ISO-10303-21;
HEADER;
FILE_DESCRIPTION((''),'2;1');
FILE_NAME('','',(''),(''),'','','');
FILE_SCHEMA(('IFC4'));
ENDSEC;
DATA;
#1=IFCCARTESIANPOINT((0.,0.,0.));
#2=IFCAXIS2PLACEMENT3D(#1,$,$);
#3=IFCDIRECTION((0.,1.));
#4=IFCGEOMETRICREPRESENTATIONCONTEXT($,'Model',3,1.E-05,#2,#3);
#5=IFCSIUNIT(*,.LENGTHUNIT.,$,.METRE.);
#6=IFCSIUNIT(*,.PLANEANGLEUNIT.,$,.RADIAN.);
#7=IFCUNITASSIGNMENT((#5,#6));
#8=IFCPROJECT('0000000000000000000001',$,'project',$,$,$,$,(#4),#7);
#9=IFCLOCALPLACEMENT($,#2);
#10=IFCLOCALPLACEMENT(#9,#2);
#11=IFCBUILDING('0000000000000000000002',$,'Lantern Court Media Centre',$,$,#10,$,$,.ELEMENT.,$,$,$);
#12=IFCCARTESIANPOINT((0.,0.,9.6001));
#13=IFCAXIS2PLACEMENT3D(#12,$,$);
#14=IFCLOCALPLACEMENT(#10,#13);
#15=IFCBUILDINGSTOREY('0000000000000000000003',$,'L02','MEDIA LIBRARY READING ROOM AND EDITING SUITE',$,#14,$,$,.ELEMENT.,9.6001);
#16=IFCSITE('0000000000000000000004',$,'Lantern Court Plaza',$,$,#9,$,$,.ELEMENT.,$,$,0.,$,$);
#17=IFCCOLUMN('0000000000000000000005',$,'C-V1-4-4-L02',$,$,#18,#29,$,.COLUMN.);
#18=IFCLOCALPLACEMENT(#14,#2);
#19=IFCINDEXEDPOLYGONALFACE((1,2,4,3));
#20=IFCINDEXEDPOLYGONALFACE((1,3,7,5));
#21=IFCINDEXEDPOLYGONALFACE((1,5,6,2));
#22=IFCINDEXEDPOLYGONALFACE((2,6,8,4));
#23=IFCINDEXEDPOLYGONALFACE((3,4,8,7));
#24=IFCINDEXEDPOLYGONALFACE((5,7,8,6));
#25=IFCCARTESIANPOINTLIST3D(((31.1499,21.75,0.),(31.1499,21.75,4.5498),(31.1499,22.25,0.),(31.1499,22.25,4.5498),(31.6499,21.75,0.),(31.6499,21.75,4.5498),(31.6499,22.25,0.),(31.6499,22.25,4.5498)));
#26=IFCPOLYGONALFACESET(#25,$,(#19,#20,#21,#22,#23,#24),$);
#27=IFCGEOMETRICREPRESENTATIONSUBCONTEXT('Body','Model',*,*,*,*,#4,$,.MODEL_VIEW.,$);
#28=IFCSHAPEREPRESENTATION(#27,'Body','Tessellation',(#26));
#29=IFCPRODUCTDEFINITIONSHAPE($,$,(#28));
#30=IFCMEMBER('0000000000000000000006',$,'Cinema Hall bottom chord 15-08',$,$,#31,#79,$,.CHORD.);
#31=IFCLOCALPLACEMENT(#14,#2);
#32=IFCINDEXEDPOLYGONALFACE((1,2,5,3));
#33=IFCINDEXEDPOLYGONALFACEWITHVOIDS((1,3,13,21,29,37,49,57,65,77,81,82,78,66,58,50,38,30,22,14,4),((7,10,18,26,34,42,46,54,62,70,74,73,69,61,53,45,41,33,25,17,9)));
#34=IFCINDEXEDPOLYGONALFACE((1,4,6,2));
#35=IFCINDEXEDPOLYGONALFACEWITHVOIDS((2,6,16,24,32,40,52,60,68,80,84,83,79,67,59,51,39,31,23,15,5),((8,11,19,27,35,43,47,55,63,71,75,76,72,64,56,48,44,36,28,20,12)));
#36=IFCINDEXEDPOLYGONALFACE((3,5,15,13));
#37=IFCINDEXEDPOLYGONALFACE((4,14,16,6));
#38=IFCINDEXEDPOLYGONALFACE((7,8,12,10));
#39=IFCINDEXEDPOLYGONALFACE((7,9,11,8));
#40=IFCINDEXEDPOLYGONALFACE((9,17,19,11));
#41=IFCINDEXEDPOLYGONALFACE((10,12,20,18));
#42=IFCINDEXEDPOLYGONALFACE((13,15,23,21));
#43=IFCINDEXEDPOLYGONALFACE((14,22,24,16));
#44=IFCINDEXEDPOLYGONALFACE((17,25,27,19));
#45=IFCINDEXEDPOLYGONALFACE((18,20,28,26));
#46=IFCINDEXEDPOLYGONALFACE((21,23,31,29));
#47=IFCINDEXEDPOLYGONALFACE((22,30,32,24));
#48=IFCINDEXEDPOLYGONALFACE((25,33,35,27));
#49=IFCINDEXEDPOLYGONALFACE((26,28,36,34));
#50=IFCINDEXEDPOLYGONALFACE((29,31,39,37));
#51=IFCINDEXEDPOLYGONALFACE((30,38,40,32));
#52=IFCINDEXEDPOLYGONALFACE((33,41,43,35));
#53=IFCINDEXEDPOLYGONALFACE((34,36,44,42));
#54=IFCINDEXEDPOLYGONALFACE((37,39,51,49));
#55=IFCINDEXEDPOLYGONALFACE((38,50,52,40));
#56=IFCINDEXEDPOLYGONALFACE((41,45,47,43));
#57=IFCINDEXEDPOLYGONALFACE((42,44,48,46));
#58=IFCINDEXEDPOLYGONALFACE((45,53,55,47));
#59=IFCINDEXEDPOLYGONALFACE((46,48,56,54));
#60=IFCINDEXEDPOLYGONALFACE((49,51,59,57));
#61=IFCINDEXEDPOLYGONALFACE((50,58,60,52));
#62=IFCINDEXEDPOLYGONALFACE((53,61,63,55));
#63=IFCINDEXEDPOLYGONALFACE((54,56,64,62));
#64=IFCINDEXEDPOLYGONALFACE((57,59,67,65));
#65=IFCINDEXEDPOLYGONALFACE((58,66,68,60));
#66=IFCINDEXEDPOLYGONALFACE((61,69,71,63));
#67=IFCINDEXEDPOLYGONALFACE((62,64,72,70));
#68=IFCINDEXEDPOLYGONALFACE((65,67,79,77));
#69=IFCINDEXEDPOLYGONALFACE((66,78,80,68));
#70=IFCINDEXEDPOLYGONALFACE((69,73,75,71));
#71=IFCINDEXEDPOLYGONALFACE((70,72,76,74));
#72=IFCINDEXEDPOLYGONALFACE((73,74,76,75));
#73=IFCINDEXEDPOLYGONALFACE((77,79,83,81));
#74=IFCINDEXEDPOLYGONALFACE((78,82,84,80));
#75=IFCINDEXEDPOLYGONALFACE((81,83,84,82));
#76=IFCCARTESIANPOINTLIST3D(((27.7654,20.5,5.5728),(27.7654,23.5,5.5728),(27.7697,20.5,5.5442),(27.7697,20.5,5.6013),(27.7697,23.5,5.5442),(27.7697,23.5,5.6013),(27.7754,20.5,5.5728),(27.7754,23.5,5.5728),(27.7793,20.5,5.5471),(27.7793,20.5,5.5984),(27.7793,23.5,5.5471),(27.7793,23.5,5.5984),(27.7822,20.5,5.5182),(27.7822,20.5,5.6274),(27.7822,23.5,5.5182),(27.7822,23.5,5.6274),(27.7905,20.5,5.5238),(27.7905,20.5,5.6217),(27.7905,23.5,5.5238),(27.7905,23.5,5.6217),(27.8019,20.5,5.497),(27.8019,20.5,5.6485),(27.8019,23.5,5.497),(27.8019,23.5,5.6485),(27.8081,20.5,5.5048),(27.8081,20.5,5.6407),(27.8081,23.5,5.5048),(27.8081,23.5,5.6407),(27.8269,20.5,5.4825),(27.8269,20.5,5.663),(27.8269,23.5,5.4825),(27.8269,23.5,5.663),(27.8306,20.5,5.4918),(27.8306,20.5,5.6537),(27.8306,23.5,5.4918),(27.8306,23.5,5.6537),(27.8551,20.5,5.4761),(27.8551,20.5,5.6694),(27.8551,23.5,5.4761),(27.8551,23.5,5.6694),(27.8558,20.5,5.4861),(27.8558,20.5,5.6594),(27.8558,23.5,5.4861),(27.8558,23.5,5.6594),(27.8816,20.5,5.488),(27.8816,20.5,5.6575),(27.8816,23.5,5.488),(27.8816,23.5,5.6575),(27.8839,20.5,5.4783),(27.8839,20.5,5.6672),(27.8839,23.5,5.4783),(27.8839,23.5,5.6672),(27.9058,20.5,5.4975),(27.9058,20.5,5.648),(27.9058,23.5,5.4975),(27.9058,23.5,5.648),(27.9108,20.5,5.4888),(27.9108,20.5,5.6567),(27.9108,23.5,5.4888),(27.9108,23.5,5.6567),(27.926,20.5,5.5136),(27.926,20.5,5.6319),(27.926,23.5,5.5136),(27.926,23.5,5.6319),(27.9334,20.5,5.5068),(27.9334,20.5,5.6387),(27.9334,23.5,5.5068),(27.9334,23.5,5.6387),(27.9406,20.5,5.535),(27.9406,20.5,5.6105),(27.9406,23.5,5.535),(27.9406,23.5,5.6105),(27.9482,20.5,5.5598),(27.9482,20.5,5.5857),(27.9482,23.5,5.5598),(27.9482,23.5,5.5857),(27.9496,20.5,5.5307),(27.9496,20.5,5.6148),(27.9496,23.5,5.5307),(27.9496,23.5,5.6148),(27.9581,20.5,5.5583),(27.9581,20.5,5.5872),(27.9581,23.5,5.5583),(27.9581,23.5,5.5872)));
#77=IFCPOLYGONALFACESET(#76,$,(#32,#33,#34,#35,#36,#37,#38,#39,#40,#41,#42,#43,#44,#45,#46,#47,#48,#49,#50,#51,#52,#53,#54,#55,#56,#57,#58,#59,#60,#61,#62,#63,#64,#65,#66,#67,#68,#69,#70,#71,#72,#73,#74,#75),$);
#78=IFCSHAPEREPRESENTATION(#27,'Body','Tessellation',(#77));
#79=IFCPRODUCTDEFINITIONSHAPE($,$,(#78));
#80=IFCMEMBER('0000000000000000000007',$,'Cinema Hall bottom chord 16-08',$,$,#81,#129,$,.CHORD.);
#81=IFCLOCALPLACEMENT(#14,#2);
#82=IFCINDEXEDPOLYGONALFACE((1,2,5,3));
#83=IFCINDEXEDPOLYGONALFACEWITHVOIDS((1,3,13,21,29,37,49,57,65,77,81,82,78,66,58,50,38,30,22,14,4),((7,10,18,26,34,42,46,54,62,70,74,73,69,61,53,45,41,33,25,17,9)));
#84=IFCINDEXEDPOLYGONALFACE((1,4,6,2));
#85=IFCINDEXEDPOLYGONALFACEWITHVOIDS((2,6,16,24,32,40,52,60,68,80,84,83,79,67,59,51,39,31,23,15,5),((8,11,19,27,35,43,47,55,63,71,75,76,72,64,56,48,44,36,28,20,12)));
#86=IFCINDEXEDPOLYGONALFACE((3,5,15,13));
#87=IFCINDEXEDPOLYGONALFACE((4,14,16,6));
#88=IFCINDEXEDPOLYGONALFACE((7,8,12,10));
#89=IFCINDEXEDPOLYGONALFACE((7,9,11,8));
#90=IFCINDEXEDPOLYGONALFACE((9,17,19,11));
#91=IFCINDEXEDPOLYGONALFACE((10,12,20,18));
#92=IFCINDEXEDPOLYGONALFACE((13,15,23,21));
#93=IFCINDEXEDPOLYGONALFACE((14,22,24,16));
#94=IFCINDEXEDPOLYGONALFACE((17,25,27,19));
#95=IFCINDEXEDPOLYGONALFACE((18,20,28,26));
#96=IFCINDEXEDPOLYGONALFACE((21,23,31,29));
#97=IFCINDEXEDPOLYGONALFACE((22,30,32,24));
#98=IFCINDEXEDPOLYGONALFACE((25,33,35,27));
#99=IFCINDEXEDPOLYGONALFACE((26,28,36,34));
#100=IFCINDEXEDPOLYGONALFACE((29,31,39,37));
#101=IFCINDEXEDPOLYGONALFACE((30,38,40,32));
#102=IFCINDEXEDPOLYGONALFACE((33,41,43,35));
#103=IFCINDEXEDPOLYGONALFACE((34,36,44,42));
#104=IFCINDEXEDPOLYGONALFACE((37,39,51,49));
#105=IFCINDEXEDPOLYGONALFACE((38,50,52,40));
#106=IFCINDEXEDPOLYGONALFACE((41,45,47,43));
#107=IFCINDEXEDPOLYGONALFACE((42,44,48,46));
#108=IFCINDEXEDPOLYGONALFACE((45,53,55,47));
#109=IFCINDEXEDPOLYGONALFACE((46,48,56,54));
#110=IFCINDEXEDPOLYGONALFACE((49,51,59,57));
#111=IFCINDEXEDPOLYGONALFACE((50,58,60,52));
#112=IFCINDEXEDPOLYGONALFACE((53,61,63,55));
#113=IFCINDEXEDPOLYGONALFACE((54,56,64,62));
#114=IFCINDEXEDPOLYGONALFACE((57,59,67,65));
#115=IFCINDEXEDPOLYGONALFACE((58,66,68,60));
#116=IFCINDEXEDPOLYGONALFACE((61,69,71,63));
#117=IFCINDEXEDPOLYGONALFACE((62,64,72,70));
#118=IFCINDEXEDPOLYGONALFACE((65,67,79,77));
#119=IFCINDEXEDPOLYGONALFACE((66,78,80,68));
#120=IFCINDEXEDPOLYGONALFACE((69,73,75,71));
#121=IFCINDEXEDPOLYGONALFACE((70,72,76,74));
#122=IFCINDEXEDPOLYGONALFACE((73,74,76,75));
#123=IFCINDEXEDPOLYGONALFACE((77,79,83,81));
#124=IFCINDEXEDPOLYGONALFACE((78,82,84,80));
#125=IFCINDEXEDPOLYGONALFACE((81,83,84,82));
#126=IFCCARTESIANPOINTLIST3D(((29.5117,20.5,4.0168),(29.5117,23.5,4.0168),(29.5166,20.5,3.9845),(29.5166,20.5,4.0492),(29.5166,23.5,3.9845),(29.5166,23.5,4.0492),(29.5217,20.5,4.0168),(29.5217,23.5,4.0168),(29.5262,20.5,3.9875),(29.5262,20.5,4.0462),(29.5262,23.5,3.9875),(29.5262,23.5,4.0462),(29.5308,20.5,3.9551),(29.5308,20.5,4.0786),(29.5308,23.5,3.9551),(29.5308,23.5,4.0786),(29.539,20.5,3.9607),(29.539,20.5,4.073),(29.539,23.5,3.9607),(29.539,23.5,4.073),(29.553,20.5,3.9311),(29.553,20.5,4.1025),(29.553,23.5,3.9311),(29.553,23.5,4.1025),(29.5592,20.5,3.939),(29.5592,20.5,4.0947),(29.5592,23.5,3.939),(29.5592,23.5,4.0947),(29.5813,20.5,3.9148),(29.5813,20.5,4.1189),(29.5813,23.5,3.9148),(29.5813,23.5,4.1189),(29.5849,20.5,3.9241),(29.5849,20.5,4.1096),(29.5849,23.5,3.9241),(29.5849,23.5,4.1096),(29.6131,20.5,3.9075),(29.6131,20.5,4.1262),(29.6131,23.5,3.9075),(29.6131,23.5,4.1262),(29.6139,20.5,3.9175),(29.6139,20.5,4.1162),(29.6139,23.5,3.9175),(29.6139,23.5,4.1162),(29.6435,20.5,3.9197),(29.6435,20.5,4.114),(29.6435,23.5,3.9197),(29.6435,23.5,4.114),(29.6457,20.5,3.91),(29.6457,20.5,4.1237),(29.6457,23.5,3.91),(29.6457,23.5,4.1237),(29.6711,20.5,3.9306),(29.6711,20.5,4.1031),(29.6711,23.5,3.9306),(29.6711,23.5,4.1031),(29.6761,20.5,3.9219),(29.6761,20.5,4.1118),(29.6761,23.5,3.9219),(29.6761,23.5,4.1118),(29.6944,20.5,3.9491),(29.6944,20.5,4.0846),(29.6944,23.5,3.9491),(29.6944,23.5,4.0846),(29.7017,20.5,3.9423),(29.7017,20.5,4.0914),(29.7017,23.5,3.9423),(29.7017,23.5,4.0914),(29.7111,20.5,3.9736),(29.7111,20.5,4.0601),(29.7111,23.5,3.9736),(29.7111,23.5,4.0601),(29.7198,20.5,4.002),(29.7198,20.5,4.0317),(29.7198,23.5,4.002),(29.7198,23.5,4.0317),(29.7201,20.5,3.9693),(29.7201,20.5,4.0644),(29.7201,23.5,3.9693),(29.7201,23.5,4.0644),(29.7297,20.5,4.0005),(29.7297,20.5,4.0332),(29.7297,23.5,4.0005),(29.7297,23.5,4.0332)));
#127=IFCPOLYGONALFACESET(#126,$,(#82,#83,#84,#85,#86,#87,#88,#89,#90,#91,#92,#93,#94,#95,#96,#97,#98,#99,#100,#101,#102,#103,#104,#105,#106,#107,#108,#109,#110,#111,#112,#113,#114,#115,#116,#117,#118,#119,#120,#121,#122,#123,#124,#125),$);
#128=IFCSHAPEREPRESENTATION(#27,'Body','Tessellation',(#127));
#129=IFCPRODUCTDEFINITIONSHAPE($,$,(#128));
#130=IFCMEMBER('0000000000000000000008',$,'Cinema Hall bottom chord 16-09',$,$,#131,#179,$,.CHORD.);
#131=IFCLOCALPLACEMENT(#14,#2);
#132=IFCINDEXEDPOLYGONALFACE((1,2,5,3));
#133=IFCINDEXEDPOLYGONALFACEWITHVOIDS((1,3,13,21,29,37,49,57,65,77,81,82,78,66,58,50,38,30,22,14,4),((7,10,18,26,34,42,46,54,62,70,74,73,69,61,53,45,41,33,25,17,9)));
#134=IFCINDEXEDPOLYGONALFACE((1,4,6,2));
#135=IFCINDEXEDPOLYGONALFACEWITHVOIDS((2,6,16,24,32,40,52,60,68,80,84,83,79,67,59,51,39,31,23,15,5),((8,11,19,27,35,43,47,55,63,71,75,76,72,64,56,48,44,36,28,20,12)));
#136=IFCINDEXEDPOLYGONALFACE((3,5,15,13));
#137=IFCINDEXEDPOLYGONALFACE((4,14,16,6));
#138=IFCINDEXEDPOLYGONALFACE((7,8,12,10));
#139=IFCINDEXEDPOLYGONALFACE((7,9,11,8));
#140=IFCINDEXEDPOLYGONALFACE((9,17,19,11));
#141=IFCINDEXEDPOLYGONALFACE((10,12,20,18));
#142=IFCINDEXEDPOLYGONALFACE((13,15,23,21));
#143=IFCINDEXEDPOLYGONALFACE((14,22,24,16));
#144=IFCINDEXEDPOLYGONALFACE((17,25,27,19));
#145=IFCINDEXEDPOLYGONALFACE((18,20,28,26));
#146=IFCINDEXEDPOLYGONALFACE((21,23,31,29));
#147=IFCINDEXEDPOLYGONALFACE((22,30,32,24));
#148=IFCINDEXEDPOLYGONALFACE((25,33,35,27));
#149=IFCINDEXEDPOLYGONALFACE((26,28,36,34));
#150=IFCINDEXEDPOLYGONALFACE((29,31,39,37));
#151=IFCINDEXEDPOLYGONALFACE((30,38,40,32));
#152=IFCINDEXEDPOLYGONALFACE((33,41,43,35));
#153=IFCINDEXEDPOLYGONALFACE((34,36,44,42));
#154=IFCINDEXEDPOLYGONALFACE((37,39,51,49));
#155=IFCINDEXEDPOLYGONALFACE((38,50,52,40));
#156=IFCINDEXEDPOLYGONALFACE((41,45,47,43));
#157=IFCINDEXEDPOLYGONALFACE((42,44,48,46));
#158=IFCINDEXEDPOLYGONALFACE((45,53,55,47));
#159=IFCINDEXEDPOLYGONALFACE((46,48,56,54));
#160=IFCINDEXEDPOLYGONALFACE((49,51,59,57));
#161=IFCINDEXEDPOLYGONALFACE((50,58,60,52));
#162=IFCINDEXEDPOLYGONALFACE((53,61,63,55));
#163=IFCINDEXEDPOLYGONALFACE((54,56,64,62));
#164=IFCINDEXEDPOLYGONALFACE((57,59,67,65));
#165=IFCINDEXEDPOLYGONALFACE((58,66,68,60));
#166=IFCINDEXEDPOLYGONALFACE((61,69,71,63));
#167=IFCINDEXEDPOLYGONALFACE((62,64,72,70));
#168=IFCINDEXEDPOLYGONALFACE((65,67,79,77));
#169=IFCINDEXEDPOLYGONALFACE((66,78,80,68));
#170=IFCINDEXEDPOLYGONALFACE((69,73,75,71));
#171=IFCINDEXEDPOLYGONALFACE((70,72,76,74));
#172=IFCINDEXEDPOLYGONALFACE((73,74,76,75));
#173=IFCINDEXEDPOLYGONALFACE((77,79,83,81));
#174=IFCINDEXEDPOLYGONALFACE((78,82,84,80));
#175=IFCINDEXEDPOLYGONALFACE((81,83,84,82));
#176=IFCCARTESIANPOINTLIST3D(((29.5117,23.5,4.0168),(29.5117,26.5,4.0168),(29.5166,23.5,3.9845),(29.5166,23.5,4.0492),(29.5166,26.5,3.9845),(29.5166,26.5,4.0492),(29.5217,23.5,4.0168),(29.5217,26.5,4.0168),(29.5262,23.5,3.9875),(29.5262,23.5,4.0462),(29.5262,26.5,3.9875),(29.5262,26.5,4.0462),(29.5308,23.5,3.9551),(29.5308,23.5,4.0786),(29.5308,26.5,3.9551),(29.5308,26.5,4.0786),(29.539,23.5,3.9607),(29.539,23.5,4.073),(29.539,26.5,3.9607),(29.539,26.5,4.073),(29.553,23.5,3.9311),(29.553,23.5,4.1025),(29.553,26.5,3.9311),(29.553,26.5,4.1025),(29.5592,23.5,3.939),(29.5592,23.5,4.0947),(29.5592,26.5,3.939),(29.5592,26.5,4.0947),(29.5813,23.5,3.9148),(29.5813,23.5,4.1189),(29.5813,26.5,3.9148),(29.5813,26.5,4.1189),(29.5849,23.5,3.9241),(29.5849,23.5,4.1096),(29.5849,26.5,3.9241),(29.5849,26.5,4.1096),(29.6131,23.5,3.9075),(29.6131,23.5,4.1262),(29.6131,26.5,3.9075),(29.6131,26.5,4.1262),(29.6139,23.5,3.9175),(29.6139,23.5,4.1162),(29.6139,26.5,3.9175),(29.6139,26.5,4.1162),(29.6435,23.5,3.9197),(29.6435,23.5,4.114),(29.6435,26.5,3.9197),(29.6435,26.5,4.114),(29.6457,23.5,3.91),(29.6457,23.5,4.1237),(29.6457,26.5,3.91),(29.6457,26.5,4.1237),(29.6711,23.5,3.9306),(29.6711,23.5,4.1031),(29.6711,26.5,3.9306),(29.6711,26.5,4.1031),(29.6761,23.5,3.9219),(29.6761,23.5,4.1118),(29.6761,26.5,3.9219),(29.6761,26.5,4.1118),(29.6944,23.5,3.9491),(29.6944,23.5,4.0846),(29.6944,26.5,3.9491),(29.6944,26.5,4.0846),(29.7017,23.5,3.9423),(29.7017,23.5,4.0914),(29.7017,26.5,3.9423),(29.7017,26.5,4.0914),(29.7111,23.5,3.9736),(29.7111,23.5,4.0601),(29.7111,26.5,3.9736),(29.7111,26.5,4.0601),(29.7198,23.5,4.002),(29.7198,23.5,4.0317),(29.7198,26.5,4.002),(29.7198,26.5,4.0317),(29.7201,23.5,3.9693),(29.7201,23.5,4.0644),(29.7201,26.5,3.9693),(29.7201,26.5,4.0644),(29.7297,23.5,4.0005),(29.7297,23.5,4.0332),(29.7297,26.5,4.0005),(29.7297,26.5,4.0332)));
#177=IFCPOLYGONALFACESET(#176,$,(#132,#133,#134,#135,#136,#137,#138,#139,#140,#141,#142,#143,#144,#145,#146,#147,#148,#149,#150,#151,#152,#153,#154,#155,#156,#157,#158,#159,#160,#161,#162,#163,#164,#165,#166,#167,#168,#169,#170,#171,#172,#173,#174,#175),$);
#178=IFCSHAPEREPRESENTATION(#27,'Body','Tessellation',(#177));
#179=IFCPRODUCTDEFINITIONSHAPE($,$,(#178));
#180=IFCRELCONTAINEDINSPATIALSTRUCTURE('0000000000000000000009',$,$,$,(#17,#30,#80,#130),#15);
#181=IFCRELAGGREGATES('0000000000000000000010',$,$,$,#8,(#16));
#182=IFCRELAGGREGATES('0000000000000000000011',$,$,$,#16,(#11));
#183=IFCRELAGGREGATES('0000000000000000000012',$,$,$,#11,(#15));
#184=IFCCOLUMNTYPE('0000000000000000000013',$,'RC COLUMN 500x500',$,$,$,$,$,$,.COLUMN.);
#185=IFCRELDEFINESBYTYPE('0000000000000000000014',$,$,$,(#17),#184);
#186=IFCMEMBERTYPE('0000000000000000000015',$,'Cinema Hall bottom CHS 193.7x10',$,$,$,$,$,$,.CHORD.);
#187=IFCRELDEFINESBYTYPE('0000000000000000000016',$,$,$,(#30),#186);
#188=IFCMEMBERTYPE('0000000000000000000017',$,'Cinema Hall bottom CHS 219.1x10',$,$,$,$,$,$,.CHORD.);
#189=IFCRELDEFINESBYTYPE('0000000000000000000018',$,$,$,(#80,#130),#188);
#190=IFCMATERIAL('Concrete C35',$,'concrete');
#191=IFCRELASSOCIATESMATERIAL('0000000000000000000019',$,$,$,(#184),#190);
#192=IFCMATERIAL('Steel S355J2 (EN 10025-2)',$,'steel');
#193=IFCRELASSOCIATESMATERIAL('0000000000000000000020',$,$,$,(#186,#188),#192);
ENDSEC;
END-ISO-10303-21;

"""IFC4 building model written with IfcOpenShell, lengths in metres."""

from ifc_helpers import new_model, si_unit, direction, frame, origin, origin_2d, place, context, subcontext, project, spatial, rectangle, hollow_circle, extrude, material, material_profile, profile_set, type_object, element, save


model = new_model("IFC4")

# Units and contexts
model_context = context("Model", 3, precision=1e-05, world=origin(), true_north=direction((0.0, 1.0)))
body_context = subcontext(model_context, "Body", "Model", "MODEL_VIEW")
ifc_project = project(units=[si_unit("LENGTHUNIT", "METRE"), si_unit("PLANEANGLEUNIT", "RADIAN")], contexts=[model_context])

# Site, building, storey
site_placement = place(None, origin())
site = spatial("IfcSite", under=ifc_project, at=site_placement, Name="Lantern Court Plaza", CompositionType="ELEMENT", RefElevation=0.0)
building_placement = place(site_placement, origin())
building = spatial("IfcBuilding", under=site, at=building_placement, Name="Lantern Court Media Centre", CompositionType="ELEMENT")
storey_placement = place(building_placement, frame((0.0, 0.0, 9.6001)))
storey = spatial("IfcBuildingStorey", under=building, at=storey_placement, Name="L02", Description="MEDIA LIBRARY READING ROOM AND EDITING SUITE", CompositionType="ELEMENT", Elevation=9.6001)

# Column
ifc_material_1 = material(Name="Concrete C35", Category="concrete")
ifc_material_profile_1 = material_profile(ifc_material_1, rectangle(XDim=0.5, YDim=0.5, at=origin_2d()), Name="RC 500x500")
ifc_profile_set_1 = profile_set([ifc_material_profile_1], Name="Concrete C35")
column_type = type_object("IfcColumnType", Name="RC COLUMN 500x500", PredefinedType="COLUMN", material=ifc_profile_set_1)
column_placement = place(storey_placement, frame((31.3999, 22.0, 0.0), z_axis=(0.0, 0.0, 1.0), x_axis=(1.0, 0.0, 0.0)))
element("IfcColumn", 1, at=column_placement, inside=storey, type_object=column_type, Name="C-V1-4-4-L02", PredefinedType="COLUMN", context=body_context, shape_type="SweptSolid", body=[
    extrude(rectangle(XDim=0.5, YDim=0.5, at=origin_2d()), origin(), (0.0, 0.0, 1.0), 4.5498),
])

# Members
ifc_material_2 = material(Name="Steel S355J2 (EN 10025-2)", Category="steel")
ifc_material_profile_2 = material_profile(ifc_material_2, hollow_circle(Radius=0.0969, WallThickness=0.01, at=origin_2d()), Name="Cinema Hall bottom CHS 193.7x10")
ifc_profile_set_2 = profile_set([ifc_material_profile_2], Name="Steel S355J2 (EN 10025-2)")
member_type_1 = type_object("IfcMemberType", Name="Cinema Hall bottom CHS 193.7x10", PredefinedType="CHORD", material=ifc_profile_set_2)
member_1_placement = place(storey_placement, frame((27.8623, 20.5, 5.5728), z_axis=(0.0, 1.0, 0.0), x_axis=(-1.0, 0.0, 0.0)))
element("IfcMember", 2, at=member_1_placement, inside=storey, type_object=member_type_1, Name="Cinema Hall bottom chord 15-08", PredefinedType="CHORD", context=body_context, shape_type="SweptSolid", body=[
    extrude(hollow_circle(Radius=0.0969, WallThickness=0.01, at=origin_2d()), origin(), (0.0, 0.0, 1.0), 3.0),
])
ifc_material_profile_3 = material_profile(ifc_material_2, hollow_circle(Radius=0.1096, WallThickness=0.01, at=origin_2d()), Name="Cinema Hall bottom CHS 219.1x10")
ifc_profile_set_3 = profile_set([ifc_material_profile_3], Name="Steel S355J2 (EN 10025-2)")
member_type_2 = type_object("IfcMemberType", Name="Cinema Hall bottom CHS 219.1x10", PredefinedType="CHORD", material=ifc_profile_set_3)
for number, where, z_axis, x_axis, name in (
    (3, (29.6213, 20.5, 4.0168), (0.0, 1.0, 0.0), (-1.0, 0.0, 0.0), "Cinema Hall bottom chord 16-08"),
    (4, (29.6213, 23.5, 4.0168), (0.0, 1.0, 0.0), (-1.0, 0.0, 0.0), "Cinema Hall bottom chord 16-09"),
):
    element("IfcMember", number, at=place(storey_placement, frame(where, z_axis=z_axis, x_axis=x_axis)), inside=storey, type_object=member_type_2, Name=name, PredefinedType="CHORD", context=body_context, shape_type="SweptSolid", body=[
        extrude(hollow_circle(Radius=0.1096, WallThickness=0.01, at=origin_2d()), origin(), (0.0, 0.0, 1.0), 3.0),
    ])

save(model, "model.ifc")
